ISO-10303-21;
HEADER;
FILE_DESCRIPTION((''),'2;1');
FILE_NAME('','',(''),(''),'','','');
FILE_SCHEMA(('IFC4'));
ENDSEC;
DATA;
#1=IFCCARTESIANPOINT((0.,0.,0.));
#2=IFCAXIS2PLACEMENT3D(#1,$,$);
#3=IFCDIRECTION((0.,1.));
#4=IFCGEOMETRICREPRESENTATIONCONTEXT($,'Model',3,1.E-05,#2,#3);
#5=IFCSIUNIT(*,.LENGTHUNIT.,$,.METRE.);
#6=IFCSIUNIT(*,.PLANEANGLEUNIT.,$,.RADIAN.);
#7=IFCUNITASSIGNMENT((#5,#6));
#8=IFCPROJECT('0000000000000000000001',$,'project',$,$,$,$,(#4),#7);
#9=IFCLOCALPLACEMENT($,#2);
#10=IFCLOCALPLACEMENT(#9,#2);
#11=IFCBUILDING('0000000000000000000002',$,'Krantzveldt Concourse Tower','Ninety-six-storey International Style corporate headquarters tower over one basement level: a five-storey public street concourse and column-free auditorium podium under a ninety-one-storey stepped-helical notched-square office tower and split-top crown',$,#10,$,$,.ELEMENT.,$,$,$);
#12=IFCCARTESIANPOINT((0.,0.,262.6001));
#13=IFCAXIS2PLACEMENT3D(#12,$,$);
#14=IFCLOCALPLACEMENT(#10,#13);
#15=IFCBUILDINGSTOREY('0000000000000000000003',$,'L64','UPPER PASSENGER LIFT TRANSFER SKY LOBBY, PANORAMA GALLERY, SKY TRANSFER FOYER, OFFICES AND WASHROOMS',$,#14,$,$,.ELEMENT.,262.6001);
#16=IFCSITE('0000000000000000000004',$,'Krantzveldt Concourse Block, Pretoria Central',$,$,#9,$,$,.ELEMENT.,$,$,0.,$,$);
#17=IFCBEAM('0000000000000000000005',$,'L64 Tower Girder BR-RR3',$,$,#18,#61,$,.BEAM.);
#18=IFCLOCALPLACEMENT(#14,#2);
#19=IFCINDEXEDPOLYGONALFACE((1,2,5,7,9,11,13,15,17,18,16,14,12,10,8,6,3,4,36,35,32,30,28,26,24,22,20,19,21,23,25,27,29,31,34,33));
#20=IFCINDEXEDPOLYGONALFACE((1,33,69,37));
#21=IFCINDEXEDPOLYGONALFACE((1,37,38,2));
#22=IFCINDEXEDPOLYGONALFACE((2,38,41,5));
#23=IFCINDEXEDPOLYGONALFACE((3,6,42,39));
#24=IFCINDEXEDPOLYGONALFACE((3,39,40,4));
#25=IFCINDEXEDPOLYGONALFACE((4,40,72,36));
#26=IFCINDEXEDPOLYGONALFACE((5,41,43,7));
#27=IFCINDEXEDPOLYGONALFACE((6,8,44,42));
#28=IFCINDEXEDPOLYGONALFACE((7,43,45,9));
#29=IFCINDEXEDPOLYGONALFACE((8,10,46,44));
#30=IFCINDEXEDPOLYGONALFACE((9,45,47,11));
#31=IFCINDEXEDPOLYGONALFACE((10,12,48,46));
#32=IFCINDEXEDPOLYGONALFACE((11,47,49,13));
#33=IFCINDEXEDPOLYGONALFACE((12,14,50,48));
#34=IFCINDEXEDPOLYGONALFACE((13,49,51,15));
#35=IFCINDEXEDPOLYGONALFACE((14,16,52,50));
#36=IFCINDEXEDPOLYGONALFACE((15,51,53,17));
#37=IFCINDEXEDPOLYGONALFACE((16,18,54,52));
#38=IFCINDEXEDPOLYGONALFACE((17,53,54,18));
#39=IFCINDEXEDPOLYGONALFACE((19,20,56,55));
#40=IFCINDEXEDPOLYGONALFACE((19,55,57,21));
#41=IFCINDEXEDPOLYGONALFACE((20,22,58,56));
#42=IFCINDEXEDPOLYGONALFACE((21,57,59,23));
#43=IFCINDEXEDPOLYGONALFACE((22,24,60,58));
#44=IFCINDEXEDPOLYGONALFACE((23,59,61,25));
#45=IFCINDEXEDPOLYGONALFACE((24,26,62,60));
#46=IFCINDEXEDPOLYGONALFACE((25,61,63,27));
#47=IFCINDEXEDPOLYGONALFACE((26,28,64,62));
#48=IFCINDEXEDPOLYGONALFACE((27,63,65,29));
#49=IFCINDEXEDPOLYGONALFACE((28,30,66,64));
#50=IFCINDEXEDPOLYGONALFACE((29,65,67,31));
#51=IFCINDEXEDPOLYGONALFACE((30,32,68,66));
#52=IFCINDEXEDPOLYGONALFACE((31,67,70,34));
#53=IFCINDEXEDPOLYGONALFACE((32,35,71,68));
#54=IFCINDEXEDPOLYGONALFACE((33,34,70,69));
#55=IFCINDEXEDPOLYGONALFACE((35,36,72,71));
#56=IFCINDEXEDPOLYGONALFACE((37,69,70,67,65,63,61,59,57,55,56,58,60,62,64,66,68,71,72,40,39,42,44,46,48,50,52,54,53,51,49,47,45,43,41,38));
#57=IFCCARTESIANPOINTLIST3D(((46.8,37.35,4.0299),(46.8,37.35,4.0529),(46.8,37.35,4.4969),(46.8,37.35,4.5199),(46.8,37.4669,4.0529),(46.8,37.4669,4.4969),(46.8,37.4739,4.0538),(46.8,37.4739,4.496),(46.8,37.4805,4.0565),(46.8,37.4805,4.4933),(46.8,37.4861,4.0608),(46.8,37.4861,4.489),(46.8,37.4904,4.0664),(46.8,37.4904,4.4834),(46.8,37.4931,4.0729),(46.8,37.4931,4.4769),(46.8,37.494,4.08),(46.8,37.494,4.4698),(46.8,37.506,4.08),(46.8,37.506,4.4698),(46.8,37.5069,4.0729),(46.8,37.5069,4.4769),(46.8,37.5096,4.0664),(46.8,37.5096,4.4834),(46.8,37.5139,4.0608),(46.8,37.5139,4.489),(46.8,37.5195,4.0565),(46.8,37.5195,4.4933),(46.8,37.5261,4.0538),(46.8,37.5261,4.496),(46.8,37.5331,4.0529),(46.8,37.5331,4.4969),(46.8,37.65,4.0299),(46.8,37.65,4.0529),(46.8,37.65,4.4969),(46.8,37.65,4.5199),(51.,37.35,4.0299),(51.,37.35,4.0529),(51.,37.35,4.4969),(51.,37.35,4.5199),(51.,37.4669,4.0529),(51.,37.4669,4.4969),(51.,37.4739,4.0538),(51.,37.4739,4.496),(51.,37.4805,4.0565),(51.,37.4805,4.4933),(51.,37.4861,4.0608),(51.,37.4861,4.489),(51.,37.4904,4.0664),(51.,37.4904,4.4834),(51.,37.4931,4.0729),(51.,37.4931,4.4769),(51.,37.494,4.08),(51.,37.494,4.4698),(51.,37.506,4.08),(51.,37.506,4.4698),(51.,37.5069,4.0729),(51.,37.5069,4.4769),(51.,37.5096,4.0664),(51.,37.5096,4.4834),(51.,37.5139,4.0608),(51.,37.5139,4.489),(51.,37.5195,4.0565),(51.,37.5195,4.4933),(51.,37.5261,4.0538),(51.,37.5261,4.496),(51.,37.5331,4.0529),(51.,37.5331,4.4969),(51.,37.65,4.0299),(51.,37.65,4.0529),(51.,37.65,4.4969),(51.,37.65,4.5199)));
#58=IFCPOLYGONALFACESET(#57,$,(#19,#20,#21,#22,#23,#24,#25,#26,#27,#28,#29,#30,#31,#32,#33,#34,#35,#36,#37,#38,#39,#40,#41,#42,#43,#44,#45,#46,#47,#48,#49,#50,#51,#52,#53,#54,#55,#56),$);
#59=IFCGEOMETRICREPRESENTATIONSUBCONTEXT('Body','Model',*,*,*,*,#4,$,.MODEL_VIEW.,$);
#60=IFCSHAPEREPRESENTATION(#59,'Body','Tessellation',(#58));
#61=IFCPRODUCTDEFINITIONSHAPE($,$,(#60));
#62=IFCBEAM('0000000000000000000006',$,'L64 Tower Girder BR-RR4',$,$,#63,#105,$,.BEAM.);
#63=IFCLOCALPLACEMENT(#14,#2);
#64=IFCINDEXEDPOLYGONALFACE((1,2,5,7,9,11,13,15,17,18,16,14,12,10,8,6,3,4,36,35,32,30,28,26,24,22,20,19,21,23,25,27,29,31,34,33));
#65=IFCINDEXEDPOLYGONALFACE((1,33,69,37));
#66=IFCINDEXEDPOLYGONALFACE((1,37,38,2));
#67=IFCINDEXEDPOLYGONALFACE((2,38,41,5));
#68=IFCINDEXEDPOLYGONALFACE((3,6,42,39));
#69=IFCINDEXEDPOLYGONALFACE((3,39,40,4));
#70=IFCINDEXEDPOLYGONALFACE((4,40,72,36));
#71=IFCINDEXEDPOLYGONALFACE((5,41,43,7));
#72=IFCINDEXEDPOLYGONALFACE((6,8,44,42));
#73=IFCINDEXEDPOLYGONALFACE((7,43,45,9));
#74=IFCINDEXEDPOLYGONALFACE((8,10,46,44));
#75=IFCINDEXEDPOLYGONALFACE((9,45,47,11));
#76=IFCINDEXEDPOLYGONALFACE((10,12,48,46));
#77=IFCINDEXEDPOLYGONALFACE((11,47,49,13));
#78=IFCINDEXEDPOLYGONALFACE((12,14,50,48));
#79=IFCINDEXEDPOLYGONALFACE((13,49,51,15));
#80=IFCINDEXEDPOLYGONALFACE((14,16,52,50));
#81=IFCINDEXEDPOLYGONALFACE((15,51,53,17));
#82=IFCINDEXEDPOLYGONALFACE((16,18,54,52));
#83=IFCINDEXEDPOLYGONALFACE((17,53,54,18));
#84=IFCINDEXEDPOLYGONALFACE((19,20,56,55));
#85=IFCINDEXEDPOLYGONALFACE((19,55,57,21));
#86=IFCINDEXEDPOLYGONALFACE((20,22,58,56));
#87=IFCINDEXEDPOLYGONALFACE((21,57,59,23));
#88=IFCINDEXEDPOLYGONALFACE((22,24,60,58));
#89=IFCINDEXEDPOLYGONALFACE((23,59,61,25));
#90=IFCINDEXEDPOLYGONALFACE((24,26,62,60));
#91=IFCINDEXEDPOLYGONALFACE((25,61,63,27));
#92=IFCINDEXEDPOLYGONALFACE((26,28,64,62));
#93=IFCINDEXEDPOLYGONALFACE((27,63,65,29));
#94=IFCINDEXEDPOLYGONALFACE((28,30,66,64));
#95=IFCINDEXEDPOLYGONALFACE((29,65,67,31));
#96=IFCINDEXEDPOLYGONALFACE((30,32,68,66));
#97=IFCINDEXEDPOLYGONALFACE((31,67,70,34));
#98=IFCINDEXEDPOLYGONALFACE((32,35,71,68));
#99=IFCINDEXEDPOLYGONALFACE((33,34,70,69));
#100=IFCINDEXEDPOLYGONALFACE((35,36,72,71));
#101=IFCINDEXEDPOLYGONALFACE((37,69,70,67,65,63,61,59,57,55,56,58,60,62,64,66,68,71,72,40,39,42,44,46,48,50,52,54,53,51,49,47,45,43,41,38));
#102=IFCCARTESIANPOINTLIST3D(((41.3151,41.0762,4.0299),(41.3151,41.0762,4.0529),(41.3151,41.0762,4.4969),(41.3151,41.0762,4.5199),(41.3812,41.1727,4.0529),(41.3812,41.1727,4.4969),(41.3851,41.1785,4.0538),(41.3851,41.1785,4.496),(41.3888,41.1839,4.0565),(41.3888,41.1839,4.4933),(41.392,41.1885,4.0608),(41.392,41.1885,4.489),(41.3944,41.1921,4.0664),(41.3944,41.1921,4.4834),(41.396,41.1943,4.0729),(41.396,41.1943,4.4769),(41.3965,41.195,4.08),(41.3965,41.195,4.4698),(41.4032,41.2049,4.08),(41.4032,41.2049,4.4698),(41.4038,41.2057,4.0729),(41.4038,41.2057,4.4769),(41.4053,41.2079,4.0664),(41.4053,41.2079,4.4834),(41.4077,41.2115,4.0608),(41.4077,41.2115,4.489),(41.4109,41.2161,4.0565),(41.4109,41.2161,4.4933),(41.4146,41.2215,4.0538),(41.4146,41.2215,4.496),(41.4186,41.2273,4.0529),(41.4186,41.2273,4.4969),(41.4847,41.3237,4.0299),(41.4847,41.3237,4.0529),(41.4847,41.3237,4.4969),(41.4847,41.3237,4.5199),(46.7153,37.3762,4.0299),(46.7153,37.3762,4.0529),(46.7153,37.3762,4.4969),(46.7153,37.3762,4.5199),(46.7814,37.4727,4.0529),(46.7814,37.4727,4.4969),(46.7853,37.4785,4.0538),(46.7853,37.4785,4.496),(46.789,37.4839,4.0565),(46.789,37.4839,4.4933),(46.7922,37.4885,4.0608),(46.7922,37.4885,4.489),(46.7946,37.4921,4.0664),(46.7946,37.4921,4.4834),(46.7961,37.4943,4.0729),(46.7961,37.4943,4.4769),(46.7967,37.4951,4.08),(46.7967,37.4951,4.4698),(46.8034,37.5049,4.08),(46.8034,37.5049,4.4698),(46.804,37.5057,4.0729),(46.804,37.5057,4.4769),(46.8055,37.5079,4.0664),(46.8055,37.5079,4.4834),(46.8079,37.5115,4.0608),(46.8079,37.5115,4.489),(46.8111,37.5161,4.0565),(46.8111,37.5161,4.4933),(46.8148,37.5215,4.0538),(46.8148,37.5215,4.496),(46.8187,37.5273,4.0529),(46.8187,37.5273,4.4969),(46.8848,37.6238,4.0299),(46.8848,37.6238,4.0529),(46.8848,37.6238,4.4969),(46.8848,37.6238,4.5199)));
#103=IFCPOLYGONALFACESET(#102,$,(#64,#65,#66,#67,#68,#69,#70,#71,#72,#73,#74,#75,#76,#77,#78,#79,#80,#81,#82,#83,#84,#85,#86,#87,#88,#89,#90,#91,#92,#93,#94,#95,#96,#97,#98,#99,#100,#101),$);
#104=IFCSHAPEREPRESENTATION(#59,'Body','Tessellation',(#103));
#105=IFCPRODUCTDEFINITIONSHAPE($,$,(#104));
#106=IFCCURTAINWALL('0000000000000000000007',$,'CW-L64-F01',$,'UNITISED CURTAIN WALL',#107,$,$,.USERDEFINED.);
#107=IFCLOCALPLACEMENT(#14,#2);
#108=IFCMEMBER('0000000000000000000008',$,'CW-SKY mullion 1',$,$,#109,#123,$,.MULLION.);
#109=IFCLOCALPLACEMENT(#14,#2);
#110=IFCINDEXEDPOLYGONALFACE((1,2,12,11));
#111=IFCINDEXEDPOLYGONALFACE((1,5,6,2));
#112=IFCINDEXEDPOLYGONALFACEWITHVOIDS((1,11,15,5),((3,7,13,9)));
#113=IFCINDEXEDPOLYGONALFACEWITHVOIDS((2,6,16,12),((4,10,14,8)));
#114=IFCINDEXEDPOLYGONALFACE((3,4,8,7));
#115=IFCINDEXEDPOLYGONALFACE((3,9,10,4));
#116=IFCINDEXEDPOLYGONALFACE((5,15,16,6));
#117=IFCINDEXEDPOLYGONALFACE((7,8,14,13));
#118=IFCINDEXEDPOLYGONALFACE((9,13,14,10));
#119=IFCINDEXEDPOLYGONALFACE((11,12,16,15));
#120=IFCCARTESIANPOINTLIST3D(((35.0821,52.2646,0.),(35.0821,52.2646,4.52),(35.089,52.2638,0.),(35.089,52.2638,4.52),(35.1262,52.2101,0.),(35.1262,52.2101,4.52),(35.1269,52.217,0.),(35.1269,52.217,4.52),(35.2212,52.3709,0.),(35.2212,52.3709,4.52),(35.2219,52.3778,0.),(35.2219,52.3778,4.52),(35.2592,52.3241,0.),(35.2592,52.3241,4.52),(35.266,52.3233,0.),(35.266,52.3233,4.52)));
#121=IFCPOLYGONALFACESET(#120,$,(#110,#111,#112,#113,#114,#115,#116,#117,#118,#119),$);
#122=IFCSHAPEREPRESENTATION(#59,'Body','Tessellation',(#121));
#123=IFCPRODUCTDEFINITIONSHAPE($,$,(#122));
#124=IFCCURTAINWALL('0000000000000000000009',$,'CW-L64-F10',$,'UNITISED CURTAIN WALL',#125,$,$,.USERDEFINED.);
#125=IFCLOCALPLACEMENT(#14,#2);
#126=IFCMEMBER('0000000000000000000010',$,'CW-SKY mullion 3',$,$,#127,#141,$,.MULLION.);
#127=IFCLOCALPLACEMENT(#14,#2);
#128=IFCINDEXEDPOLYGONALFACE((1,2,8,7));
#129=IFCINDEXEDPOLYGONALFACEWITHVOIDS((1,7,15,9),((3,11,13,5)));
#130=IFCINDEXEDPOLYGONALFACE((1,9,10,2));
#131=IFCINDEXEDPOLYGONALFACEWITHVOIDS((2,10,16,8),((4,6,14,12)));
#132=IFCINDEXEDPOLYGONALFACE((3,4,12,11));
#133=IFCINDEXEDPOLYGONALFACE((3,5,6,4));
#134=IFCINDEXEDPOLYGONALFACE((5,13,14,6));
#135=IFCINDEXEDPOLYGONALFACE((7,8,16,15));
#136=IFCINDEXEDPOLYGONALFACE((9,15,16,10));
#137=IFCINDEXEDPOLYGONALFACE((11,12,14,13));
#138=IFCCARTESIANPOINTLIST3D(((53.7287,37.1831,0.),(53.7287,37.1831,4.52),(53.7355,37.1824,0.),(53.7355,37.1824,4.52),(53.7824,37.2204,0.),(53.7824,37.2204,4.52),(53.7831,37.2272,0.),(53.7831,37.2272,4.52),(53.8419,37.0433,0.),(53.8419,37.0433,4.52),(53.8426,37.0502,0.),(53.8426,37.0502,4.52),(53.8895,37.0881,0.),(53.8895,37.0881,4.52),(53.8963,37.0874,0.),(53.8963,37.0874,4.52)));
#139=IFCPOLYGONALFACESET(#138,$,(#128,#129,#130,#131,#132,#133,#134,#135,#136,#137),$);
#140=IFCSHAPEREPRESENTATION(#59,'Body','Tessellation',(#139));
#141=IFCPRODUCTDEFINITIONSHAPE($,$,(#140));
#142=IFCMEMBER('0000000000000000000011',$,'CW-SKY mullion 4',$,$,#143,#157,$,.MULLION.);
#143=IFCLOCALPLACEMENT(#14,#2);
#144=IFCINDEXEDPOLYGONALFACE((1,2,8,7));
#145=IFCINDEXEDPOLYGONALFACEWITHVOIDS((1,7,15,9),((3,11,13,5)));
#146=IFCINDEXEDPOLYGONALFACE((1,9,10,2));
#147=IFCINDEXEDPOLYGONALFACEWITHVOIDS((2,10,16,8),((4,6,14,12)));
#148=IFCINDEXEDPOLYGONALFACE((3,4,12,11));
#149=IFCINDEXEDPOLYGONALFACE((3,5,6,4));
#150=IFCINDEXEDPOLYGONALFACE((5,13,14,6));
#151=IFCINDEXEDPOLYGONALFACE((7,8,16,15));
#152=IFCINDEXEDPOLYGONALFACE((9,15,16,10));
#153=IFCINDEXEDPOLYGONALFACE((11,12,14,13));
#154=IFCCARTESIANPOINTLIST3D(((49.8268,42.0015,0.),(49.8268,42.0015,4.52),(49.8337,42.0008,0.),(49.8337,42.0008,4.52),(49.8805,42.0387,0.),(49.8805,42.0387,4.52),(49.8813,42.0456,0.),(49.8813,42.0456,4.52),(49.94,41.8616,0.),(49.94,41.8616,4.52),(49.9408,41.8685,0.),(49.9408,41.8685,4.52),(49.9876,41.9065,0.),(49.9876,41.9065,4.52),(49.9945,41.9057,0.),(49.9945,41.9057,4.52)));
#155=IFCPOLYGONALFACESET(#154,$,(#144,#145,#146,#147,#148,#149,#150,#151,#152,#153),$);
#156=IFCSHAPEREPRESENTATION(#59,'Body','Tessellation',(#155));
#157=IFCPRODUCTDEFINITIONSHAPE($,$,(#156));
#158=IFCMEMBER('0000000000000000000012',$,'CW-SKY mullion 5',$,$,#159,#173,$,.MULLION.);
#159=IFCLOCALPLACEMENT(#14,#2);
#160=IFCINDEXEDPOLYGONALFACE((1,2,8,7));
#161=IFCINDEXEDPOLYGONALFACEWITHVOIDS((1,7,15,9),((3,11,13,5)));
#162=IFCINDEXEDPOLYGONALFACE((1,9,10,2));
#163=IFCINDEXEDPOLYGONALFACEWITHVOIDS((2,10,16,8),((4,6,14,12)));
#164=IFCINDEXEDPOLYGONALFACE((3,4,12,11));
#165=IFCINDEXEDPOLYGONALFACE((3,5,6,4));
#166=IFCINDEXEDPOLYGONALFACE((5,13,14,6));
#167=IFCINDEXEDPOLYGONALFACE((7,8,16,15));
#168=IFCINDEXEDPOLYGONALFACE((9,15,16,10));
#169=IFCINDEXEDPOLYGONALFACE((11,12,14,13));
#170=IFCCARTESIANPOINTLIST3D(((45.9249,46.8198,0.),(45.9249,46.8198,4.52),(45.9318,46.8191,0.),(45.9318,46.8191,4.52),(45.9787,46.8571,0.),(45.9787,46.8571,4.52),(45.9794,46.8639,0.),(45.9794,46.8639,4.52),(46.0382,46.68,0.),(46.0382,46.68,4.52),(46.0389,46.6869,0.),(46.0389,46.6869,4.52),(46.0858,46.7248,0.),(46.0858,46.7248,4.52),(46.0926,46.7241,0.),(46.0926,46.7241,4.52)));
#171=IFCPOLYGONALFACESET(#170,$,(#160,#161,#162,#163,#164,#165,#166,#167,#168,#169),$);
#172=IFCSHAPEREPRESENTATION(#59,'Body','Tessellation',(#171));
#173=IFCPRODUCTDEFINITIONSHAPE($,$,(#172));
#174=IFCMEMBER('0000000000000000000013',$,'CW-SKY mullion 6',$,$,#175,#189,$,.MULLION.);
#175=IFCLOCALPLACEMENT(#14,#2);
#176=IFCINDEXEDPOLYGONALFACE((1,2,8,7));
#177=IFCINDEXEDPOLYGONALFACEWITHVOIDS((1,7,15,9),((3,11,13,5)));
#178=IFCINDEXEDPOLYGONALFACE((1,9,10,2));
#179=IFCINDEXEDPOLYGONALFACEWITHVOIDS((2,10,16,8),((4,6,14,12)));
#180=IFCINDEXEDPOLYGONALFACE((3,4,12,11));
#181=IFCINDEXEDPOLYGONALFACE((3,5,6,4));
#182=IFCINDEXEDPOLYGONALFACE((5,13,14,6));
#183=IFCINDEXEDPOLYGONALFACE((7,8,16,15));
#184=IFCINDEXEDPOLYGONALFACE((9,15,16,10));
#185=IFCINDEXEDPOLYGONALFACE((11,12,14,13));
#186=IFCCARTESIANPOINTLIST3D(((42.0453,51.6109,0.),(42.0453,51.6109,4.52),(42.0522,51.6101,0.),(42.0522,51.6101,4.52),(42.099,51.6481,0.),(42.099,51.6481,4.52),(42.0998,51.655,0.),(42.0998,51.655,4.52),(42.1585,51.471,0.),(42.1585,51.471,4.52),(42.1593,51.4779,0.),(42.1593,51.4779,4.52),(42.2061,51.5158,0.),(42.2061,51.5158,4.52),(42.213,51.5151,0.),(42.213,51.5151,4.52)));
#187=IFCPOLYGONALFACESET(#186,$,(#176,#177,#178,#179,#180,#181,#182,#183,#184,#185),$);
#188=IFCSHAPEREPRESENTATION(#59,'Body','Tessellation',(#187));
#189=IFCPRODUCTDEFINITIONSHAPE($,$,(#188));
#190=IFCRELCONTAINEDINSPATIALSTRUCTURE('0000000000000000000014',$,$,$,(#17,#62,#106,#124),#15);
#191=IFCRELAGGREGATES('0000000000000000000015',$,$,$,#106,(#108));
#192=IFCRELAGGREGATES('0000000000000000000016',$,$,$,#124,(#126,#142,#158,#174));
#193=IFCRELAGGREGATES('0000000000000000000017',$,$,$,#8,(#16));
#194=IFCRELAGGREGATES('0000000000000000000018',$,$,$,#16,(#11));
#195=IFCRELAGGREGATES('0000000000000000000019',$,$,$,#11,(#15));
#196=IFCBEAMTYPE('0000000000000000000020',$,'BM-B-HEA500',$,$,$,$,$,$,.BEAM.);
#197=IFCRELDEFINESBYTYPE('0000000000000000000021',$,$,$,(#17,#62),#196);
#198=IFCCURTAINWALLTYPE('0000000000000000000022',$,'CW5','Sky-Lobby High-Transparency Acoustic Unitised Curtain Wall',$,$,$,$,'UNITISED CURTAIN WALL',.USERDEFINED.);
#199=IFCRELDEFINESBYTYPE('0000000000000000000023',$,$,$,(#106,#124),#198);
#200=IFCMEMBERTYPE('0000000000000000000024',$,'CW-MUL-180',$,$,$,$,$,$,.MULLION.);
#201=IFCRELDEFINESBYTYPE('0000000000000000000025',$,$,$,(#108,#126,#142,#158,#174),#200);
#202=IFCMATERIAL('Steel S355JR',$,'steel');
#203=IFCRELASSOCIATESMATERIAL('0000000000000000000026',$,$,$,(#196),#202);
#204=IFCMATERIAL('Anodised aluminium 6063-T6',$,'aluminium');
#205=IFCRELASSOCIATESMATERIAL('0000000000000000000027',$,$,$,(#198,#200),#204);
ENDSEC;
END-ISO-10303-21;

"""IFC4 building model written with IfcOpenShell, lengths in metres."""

from ifc_helpers import new_model, si_unit, direction, frame, origin, origin_2d, place, context, subcontext, project, spatial, hollow_rectangle, i_section, extrude, source, transform, mapped, material, material_profile, profile_set, type_object, type_shapes, element, aggregate, save


model = new_model("IFC4")

# Units and contexts
model_context = context("Model", 3, precision=1e-05, world=origin(), true_north=direction((0.0, 1.0)))
body_context = subcontext(model_context, "Body", "Model", "MODEL_VIEW")
ifc_project = project(units=[si_unit("LENGTHUNIT", "METRE"), si_unit("PLANEANGLEUNIT", "RADIAN")], contexts=[model_context])

# Site, building, storey
site_placement = place(None, origin())
site = spatial("IfcSite", under=ifc_project, at=site_placement, Name="Krantzveldt Concourse Block, Pretoria Central", CompositionType="ELEMENT", RefElevation=0.0)
building_placement = place(site_placement, origin())
building = spatial("IfcBuilding", under=site, at=building_placement, Name="Krantzveldt Concourse Tower", Description="Ninety-six-storey International Style corporate headquarters tower over one basement level: a five-storey public street concourse and column-free auditorium podium under a ninety-one-storey stepped-helical notched-square office tower and split-top crown", CompositionType="ELEMENT")
storey_placement = place(building_placement, frame((0.0, 0.0, 262.6001)))
storey = spatial("IfcBuildingStorey", under=building, at=storey_placement, Name="L64", Description="UPPER PASSENGER LIFT TRANSFER SKY LOBBY, PANORAMA GALLERY, SKY TRANSFER FOYER, OFFICES AND WASHROOMS", CompositionType="ELEMENT", Elevation=262.6001)

# Beams
ifc_material_1 = material(Name="Steel S355JR", Category="steel")
ifc_material_profile_1 = material_profile(ifc_material_1, i_section(OverallWidth=0.3, OverallDepth=0.49, WebThickness=0.012, FlangeThickness=0.0229, FilletRadius=0.0271, at=origin_2d()), Name="Steel S355JR", Category="steel")
ifc_profile_set_1 = profile_set([ifc_material_profile_1], Name="Steel S355JR - HEA 500")
beam_type_1 = type_object("IfcBeamType", Name="BM-B-HEA500", PredefinedType="BEAM", material=ifc_profile_set_1)
shared_shape_1 = source(origin(), body_context, "Body", "SweptSolid", [
    extrude(i_section(OverallWidth=0.3, OverallDepth=0.49, WebThickness=0.012, FlangeThickness=0.0229, FilletRadius=0.0271, at=origin_2d()), origin(), (0.0, 0.0, 1.0), 4.2),
])
beam_1_placement = place(storey_placement, frame((46.8, 37.5, 4.2749), z_axis=(1.0, 0.0, 0.0), x_axis=(0.0, 1.0, 0.0)))
element("IfcBeam", 1, at=beam_1_placement, inside=storey, type_object=beam_type_1, Name="L64 Tower Girder BR-RR3", PredefinedType="BEAM", context=body_context, shape_type="MappedRepresentation", body=[
    mapped(shared_shape_1, transform((0.0, 0.0, 0.0), x_axis=(1.0, 0.0, 0.0), y_axis=(0.0, 1.0, 0.0), z_axis=(0.0, 0.0, 1.0), scale=1.0)),
])
shared_shape_2 = source(origin(), body_context, "Body", "SweptSolid", [
    extrude(i_section(OverallWidth=0.3, OverallDepth=0.49, WebThickness=0.012, FlangeThickness=0.0229, FilletRadius=0.0271, at=origin_2d()), origin(), (0.0, 0.0, 1.0), 6.5461),
])
type_shapes(beam_type_1, [shared_shape_1, shared_shape_2])
beam_2_placement = place(storey_placement, frame((46.8, 37.5, 4.2749), z_axis=(-0.824943, 0.565216, 0.0), x_axis=(-0.565216, -0.824943, 0.0)))
element("IfcBeam", 2, at=beam_2_placement, inside=storey, type_object=beam_type_1, Name="L64 Tower Girder BR-RR4", PredefinedType="BEAM", context=body_context, shape_type="MappedRepresentation", body=[
    mapped(shared_shape_2, transform((0.0, 0.0, 0.0), x_axis=(1.0, 0.0, 0.0), y_axis=(0.0, 1.0, 0.0), z_axis=(0.0, 0.0, 1.0), scale=1.0)),
])

# Curtain wall, member
ifc_material_2 = material(Name="Anodised aluminium 6063-T6", Category="aluminium")
curtain_wall_type = type_object("IfcCurtainWallType", Name="CW5", Description="Sky-Lobby High-Transparency Acoustic Unitised Curtain Wall", ElementType="UNITISED CURTAIN WALL", PredefinedType="USERDEFINED", material=ifc_material_2)
curtain_wall_1_placement = place(storey_placement, origin())
curtain_wall_1 = element("IfcCurtainWall", 3, at=curtain_wall_1_placement, inside=storey, type_object=curtain_wall_type, Name="CW-L64-F01", ObjectType="UNITISED CURTAIN WALL", PredefinedType="USERDEFINED")
ifc_material_profile_2 = material_profile(ifc_material_2, hollow_rectangle(XDim=0.0701, YDim=0.1799, WallThickness=0.0049, at=origin_2d()), Name="Anodised aluminium 6063-T6", Category="aluminium")
ifc_profile_set_2 = profile_set([ifc_material_profile_2], Name="Anodised aluminium 6063-T6 - ALU-MULL 180x70x5")
member_type_1 = type_object("IfcMemberType", Name="CW-MUL-180", PredefinedType="MULLION", material=ifc_profile_set_2)
shared_shape_3 = source(origin(), body_context, "Body", "SweptSolid", [
    extrude(hollow_rectangle(XDim=0.0701, YDim=0.1799, WallThickness=0.0049, at=origin_2d()), origin(), (0.0, 0.0, 1.0), 4.52),
])
type_shapes(member_type_1, [shared_shape_3])
member_1_placement = place(storey_placement, frame((35.1741, 52.2939, 0.0), z_axis=(0.0, 0.0, 1.0), x_axis=(0.62932, -0.777146, 0.0)))
member_1 = element("IfcMember", 4, at=member_1_placement, type_object=member_type_1, Name="CW-SKY mullion 1", PredefinedType="MULLION", context=body_context, shape_type="MappedRepresentation", body=[
    mapped(shared_shape_3, transform((0.0, 0.0, 0.0), x_axis=(1.0, 0.0, 0.0), y_axis=(0.0, 1.0, 0.0), z_axis=(0.0, 0.0, 1.0), scale=1.0)),
])

# Curtain wall, members
curtain_wall_2_placement = place(storey_placement, origin())
curtain_wall_2 = element("IfcCurtainWall", 5, at=curtain_wall_2_placement, inside=storey, type_object=curtain_wall_type, Name="CW-L64-F10", ObjectType="UNITISED CURTAIN WALL", PredefinedType="USERDEFINED")
member_2_placement = place(storey_placement, frame((53.8125, 37.1353, 0.0), z_axis=(0.0, 0.0, 1.0), x_axis=(-0.777146, -0.62932, 0.0)))
member_2 = element("IfcMember", 6, at=member_2_placement, type_object=member_type_1, Name="CW-SKY mullion 3", PredefinedType="MULLION", context=body_context, shape_type="MappedRepresentation", body=[
    mapped(shared_shape_3, transform((0.0, 0.0, 0.0), x_axis=(1.0, 0.0, 0.0), y_axis=(0.0, 1.0, 0.0), z_axis=(0.0, 0.0, 1.0), scale=1.0)),
])
member_3_placement = place(storey_placement, frame((49.9106, 41.9536, 0.0), z_axis=(0.0, 0.0, 1.0), x_axis=(-0.777146, -0.62932, 0.0)))
member_3 = element("IfcMember", 7, at=member_3_placement, type_object=member_type_1, Name="CW-SKY mullion 4", PredefinedType="MULLION", context=body_context, shape_type="MappedRepresentation", body=[
    mapped(shared_shape_3, transform((0.0, 0.0, 0.0), x_axis=(1.0, 0.0, 0.0), y_axis=(0.0, 1.0, 0.0), z_axis=(0.0, 0.0, 1.0), scale=1.0)),
])
member_4_placement = place(storey_placement, frame((46.0088, 46.772, 0.0), z_axis=(0.0, 0.0, 1.0), x_axis=(-0.777146, -0.62932, 0.0)))
member_4 = element("IfcMember", 8, at=member_4_placement, type_object=member_type_1, Name="CW-SKY mullion 5", PredefinedType="MULLION", context=body_context, shape_type="MappedRepresentation", body=[
    mapped(shared_shape_3, transform((0.0, 0.0, 0.0), x_axis=(1.0, 0.0, 0.0), y_axis=(0.0, 1.0, 0.0), z_axis=(0.0, 0.0, 1.0), scale=1.0)),
])
member_5_placement = place(storey_placement, frame((42.1292, 51.563, 0.0), z_axis=(0.0, 0.0, 1.0), x_axis=(-0.777146, -0.62932, 0.0)))
member_5 = element("IfcMember", 9, at=member_5_placement, type_object=member_type_1, Name="CW-SKY mullion 6", PredefinedType="MULLION", context=body_context, shape_type="MappedRepresentation", body=[
    mapped(shared_shape_3, transform((0.0, 0.0, 0.0), x_axis=(1.0, 0.0, 0.0), y_axis=(0.0, 1.0, 0.0), z_axis=(0.0, 0.0, 1.0), scale=1.0)),
])

aggregate(curtain_wall_1, [member_1])

aggregate(curtain_wall_2, [member_2, member_3, member_4, member_5])

save(model, "model.ifc")
